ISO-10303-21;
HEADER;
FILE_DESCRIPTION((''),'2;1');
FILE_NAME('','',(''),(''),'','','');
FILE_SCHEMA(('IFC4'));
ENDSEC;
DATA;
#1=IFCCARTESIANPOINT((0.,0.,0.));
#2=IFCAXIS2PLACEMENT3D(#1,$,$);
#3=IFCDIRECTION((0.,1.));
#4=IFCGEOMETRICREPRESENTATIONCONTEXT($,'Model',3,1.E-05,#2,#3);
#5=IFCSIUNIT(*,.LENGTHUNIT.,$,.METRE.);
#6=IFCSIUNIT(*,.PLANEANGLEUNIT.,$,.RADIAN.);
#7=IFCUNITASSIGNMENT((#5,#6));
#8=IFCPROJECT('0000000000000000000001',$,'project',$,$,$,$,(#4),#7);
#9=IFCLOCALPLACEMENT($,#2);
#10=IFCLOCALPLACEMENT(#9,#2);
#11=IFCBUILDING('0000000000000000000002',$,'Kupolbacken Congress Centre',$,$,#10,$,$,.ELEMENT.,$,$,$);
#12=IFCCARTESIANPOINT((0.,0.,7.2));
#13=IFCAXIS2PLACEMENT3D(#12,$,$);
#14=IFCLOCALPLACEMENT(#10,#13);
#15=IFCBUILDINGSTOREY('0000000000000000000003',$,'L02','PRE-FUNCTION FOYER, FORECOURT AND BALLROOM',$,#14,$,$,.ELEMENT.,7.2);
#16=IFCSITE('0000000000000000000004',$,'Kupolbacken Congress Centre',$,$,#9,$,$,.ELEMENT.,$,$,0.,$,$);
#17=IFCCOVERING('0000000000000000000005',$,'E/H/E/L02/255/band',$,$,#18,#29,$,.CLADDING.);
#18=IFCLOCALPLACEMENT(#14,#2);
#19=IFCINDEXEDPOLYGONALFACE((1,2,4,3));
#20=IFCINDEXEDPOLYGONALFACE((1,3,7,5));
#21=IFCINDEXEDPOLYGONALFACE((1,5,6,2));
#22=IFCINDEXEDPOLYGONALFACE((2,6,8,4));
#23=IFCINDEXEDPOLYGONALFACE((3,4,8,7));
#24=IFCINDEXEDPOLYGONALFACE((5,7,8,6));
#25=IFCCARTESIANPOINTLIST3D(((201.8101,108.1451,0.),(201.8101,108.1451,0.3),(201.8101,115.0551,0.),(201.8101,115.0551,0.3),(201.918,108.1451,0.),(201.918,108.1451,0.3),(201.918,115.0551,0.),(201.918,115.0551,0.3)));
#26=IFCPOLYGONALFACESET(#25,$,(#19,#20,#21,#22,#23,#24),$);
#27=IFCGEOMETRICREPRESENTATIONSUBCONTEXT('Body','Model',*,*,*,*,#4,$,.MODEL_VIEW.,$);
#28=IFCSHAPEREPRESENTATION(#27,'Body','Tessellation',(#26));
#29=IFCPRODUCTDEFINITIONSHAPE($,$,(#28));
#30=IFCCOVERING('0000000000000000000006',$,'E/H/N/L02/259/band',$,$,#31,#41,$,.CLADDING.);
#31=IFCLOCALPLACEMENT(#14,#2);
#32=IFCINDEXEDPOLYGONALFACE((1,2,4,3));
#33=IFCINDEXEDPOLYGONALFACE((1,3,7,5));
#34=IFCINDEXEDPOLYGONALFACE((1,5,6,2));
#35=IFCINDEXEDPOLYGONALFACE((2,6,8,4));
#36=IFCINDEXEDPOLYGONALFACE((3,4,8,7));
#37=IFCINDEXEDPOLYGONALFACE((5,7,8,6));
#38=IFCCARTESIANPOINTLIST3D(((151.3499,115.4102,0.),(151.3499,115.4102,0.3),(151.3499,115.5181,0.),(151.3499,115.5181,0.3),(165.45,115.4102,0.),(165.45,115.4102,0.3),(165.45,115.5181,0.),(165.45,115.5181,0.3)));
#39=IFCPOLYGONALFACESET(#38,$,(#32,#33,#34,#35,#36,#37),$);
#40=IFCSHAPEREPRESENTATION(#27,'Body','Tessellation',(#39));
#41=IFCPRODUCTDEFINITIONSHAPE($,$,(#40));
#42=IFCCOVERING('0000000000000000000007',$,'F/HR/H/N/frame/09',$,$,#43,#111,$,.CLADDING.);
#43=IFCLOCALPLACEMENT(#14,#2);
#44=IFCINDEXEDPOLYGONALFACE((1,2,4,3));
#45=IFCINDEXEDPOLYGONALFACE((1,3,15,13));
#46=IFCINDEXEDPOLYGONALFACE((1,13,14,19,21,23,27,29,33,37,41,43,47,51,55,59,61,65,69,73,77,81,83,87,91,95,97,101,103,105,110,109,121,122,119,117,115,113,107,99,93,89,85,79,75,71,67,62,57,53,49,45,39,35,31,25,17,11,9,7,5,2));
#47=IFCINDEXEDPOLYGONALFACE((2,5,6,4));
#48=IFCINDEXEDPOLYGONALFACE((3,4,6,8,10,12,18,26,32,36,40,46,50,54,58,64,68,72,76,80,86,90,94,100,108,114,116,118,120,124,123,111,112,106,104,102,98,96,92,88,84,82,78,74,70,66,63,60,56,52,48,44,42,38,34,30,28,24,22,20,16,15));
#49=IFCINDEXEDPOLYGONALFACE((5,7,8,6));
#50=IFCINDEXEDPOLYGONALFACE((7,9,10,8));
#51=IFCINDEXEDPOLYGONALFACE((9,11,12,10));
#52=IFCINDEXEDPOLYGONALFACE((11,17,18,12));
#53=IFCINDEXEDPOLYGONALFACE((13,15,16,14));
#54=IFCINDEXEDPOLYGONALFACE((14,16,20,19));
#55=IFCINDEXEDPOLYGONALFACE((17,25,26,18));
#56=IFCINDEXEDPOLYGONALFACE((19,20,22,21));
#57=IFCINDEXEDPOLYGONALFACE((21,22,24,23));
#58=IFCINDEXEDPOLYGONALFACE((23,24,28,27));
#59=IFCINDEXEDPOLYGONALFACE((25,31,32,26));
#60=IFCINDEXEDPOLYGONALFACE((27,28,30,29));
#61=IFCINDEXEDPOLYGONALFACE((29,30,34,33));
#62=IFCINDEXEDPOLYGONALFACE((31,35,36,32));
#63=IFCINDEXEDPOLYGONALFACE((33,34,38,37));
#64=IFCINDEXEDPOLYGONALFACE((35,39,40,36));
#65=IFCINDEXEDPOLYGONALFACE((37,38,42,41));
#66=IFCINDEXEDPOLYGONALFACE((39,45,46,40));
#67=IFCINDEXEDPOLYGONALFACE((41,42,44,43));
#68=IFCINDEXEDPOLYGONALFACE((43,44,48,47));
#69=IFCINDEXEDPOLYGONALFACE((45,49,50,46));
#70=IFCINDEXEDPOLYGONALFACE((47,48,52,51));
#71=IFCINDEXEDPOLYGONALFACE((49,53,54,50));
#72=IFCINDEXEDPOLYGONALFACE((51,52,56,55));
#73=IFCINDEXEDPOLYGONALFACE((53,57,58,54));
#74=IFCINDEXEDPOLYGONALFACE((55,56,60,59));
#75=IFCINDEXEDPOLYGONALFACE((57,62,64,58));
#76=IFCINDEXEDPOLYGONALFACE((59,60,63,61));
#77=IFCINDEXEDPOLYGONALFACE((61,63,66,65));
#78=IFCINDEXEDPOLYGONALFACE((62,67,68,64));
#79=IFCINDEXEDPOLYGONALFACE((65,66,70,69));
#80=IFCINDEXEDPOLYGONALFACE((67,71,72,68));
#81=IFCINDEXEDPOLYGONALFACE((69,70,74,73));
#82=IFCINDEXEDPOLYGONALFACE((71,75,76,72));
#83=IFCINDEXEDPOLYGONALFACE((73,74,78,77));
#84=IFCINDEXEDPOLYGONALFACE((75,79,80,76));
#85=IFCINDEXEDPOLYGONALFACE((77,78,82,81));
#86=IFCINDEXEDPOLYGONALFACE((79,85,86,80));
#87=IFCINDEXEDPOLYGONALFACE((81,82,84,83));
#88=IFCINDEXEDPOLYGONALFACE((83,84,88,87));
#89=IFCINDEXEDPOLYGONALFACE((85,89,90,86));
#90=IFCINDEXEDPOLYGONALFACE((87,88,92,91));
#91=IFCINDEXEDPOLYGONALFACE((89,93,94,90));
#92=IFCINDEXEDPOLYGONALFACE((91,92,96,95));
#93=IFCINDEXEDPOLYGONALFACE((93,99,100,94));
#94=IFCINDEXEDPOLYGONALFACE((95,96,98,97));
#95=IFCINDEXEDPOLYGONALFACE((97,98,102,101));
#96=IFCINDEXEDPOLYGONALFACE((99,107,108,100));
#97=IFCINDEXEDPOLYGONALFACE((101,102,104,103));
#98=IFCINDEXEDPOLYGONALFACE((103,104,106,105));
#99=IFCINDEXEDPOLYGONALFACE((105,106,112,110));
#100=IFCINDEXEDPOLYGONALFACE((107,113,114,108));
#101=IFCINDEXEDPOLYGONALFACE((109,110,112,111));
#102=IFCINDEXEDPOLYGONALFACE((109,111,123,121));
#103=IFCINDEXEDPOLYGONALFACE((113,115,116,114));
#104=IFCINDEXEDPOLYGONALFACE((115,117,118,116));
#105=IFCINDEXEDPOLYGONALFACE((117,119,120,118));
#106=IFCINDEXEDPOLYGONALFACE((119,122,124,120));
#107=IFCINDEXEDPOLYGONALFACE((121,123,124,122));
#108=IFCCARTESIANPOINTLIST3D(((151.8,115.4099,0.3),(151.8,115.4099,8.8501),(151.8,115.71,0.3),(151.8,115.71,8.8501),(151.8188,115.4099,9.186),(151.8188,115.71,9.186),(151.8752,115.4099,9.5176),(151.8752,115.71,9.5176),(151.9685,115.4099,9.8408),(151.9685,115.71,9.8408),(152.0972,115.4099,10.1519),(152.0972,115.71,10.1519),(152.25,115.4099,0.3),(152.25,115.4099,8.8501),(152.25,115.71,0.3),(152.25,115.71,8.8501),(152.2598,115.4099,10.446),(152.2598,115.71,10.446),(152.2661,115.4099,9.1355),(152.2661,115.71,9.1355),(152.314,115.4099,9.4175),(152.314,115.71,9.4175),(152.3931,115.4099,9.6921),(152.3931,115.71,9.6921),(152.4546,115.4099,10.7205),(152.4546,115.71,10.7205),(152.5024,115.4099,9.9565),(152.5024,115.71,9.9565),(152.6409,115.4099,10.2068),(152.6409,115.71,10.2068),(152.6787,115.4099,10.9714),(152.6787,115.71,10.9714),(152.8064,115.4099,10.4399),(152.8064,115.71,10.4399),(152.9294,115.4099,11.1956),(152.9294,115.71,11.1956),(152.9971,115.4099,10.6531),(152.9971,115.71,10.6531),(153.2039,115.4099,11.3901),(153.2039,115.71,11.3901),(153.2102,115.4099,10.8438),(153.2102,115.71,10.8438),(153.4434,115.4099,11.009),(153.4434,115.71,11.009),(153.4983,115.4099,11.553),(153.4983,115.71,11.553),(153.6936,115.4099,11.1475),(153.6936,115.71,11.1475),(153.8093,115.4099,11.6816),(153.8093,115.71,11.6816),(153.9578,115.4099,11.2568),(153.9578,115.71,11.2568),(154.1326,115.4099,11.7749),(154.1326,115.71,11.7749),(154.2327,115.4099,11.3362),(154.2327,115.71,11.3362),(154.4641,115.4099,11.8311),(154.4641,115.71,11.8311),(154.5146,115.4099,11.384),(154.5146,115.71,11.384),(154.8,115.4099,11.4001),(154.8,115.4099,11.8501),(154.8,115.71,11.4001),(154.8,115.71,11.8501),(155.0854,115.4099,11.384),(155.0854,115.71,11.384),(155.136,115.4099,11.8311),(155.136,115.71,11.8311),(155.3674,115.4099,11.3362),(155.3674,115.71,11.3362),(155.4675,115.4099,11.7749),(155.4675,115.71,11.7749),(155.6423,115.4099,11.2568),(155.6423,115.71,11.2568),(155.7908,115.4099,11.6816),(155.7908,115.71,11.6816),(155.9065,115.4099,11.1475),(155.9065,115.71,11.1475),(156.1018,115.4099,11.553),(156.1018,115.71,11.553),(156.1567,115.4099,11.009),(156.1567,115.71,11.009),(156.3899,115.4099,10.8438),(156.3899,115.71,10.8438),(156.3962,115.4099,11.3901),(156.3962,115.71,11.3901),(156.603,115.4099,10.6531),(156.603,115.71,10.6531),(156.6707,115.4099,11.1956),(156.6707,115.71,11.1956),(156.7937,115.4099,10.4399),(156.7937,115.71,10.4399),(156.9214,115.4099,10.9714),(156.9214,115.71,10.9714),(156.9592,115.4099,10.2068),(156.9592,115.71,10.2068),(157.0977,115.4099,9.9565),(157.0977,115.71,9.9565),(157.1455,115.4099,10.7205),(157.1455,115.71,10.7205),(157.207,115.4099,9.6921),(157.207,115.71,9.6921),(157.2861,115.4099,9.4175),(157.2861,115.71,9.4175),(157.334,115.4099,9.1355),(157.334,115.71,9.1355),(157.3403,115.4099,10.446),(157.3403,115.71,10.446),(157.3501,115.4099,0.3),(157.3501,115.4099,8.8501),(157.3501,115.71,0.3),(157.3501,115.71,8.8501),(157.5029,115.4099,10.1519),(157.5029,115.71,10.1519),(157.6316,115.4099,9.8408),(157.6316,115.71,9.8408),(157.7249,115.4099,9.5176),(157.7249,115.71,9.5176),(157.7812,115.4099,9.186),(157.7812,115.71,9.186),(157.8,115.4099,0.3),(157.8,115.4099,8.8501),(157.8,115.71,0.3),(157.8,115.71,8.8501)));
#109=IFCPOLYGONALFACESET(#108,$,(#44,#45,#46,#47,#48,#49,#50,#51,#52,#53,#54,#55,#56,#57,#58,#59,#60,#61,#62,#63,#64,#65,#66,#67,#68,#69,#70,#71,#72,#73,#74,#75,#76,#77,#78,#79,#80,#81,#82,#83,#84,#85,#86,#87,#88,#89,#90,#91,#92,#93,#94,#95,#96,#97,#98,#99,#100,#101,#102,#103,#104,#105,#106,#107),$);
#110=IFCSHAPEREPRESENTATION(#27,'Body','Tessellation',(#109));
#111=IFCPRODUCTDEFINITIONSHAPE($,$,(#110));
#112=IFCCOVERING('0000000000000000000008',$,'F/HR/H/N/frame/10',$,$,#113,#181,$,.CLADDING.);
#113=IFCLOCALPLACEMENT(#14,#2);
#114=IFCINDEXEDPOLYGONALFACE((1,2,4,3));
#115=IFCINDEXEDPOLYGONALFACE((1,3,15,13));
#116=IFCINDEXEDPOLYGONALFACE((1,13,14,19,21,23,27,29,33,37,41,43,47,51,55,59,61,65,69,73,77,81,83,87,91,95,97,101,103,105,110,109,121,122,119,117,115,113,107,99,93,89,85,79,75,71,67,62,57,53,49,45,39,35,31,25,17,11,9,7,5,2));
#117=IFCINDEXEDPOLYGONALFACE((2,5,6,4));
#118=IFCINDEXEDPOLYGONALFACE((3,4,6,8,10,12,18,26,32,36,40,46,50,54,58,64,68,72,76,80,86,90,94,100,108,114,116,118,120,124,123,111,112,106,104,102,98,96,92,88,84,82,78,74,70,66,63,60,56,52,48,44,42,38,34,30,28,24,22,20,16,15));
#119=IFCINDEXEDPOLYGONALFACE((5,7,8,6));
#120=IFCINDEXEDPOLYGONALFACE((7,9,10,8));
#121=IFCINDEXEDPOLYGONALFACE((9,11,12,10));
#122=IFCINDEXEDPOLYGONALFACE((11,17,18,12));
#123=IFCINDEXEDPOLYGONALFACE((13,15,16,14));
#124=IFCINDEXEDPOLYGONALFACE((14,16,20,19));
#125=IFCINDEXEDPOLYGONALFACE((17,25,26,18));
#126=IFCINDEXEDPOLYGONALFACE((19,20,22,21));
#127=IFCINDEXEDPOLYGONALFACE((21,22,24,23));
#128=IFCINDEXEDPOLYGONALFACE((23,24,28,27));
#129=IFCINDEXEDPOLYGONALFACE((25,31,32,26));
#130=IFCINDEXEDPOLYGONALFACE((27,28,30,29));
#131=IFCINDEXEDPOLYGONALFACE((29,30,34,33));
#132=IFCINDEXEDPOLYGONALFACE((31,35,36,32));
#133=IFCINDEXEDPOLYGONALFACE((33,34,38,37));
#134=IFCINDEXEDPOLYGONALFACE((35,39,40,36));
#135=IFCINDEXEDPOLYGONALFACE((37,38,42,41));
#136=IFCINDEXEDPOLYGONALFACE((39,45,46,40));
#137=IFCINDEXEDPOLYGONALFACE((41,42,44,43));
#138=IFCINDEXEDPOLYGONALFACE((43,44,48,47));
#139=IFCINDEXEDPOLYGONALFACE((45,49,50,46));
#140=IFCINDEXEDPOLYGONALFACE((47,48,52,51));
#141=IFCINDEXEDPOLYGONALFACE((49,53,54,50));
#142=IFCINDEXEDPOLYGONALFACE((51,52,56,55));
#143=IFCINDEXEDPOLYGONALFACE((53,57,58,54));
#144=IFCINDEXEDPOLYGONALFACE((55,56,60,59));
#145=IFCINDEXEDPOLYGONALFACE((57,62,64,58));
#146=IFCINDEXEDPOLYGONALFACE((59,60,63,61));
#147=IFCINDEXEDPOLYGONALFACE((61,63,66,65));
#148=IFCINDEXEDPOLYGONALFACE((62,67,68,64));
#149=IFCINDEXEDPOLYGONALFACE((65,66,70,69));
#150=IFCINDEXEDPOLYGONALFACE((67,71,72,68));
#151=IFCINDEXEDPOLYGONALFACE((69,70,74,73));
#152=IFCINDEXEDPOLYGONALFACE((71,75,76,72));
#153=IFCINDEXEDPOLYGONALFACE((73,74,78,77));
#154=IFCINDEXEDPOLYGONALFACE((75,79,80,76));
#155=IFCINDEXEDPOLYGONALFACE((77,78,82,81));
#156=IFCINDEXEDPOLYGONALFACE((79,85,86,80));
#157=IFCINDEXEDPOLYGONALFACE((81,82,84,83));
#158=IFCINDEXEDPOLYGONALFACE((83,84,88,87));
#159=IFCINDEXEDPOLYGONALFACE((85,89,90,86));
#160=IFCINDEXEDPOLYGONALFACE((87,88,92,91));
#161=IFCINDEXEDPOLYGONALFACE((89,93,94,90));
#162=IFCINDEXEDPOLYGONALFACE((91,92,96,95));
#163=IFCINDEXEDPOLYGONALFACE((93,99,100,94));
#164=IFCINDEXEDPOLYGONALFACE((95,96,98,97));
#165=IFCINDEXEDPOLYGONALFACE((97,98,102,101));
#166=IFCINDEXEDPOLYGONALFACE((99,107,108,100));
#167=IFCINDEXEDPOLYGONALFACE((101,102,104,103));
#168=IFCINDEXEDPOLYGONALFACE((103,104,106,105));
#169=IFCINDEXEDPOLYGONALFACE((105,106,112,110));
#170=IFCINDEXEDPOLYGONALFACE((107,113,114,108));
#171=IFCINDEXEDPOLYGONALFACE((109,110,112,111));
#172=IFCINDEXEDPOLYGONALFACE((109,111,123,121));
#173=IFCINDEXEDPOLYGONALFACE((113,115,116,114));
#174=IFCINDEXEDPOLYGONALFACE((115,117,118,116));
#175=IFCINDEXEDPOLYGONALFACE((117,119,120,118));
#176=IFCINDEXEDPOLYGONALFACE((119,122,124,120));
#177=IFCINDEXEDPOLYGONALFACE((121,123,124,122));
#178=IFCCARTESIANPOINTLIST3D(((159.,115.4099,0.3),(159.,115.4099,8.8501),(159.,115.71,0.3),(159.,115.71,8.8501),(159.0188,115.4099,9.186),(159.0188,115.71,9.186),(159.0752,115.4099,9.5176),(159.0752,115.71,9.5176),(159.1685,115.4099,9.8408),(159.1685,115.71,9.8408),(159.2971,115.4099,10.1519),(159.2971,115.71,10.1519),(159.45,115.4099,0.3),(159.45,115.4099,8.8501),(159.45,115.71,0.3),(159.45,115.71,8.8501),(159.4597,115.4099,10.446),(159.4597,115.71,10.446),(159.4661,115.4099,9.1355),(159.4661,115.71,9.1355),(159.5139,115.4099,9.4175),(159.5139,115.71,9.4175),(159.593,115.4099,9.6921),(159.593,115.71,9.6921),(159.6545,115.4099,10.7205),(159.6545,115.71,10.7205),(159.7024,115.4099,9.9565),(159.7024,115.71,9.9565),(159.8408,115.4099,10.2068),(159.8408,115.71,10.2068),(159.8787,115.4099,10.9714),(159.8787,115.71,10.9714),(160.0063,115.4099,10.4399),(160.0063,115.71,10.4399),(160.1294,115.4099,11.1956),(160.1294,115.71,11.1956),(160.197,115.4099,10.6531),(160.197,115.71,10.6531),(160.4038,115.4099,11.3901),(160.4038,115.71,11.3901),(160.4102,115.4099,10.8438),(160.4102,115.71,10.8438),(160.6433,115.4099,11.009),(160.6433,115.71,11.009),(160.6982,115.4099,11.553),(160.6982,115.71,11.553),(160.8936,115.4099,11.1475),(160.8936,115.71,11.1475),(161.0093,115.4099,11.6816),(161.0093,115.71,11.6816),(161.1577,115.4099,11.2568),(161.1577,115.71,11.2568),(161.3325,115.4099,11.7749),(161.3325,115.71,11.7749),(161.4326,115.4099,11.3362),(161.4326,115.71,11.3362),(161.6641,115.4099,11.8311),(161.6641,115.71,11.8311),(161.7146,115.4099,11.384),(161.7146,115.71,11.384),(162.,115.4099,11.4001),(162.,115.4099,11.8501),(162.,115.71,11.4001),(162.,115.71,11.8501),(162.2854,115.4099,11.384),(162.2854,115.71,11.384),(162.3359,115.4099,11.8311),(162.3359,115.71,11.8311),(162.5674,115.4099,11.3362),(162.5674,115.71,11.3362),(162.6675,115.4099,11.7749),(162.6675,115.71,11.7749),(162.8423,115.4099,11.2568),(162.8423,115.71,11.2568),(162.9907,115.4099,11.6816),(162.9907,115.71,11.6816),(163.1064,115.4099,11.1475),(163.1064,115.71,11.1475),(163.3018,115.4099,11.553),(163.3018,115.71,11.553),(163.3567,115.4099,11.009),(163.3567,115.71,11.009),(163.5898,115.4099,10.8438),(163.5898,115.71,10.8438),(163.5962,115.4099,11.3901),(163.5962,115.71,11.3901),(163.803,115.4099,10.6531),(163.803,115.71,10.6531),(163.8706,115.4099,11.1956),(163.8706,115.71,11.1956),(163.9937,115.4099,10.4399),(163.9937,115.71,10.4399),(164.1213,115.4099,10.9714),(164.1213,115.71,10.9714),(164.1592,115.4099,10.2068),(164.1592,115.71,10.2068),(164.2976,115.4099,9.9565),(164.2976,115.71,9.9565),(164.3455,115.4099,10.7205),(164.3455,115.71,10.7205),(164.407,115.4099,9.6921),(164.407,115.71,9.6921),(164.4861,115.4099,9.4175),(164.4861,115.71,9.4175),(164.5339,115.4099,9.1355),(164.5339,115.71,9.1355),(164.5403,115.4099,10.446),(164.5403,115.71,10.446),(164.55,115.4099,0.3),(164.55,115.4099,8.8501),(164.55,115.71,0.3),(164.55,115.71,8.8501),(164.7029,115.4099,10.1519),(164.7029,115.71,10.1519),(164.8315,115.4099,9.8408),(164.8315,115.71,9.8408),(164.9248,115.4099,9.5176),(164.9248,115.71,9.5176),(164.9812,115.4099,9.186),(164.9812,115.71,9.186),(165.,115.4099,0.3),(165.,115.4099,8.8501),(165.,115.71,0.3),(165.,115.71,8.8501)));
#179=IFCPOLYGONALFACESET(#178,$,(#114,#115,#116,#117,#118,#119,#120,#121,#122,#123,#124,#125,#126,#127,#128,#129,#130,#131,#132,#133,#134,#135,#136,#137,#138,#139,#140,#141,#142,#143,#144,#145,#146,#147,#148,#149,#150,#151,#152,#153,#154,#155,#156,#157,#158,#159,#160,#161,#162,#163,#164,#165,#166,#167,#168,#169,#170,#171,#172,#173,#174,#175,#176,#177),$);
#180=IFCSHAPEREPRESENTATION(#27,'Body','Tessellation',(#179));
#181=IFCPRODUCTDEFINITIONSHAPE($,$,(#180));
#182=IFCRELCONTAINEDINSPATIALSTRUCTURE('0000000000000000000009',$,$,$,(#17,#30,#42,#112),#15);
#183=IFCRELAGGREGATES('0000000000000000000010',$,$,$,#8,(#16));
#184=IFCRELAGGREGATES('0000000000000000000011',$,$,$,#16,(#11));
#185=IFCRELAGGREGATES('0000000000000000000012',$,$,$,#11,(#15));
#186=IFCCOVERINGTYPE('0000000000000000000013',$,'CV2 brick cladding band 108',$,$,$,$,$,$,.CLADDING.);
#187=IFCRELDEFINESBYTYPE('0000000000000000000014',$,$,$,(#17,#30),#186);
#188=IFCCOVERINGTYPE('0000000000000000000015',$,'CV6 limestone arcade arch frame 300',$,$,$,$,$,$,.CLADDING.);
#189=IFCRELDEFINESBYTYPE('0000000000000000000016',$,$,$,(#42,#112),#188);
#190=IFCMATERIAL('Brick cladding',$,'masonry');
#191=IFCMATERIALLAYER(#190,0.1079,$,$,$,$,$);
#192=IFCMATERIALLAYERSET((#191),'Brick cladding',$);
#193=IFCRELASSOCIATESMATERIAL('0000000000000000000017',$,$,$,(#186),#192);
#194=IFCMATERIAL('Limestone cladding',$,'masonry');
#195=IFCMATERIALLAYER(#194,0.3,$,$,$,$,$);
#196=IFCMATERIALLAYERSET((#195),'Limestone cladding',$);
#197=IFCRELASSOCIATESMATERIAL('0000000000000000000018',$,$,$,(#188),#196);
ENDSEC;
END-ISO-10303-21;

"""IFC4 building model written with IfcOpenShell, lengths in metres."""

from ifc_helpers import new_model, si_unit, direction, frame, origin, origin_2d, place, context, subcontext, project, spatial, polyline, rectangle, outline, extrude, material, layer, layer_set, type_object, element, save


model = new_model("IFC4")

# Units and contexts
model_context = context("Model", 3, precision=1e-05, world=origin(), true_north=direction((0.0, 1.0)))
body_context = subcontext(model_context, "Body", "Model", "MODEL_VIEW")
ifc_project = project(units=[si_unit("LENGTHUNIT", "METRE"), si_unit("PLANEANGLEUNIT", "RADIAN")], contexts=[model_context])

# Site, building, storey
site_placement = place(None, origin())
site = spatial("IfcSite", under=ifc_project, at=site_placement, Name="Kupolbacken Congress Centre", CompositionType="ELEMENT", RefElevation=0.0)
building_placement = place(site_placement, origin())
building = spatial("IfcBuilding", under=site, at=building_placement, Name="Kupolbacken Congress Centre", CompositionType="ELEMENT")
storey_placement = place(building_placement, frame((0.0, 0.0, 7.2)))
storey = spatial("IfcBuildingStorey", under=building, at=storey_placement, Name="L02", Description="PRE-FUNCTION FOYER, FORECOURT AND BALLROOM", CompositionType="ELEMENT", Elevation=7.2)

# Coverings
ifc_material_1 = material(Name="Brick cladding", Category="masonry")
ifc_layer_1 = layer(ifc_material_1, 0.1079)
ifc_layer_set_1 = layer_set([ifc_layer_1], Name="Brick cladding")
covering_type_1 = type_object("IfcCoveringType", Name="CV2 brick cladding band 108", PredefinedType="CLADDING", material=ifc_layer_set_1)
covering_1_placement = place(storey_placement, frame((201.864, 111.6001, 0.0), z_axis=(0.0, 0.0, 1.0), x_axis=(0.0, 1.0, 0.0)))
element("IfcCovering", 1, at=covering_1_placement, inside=storey, type_object=covering_type_1, Name="E/H/E/L02/255/band", PredefinedType="CLADDING", context=body_context, shape_type="SweptSolid", body=[
    extrude(rectangle(XDim=6.9099, YDim=0.1079, at=origin_2d()), origin(), (0.0, 0.0, 1.0), 0.3),
])
covering_2_placement = place(storey_placement, frame((158.3999, 115.4641, 0.0), z_axis=(0.0, 0.0, 1.0), x_axis=(-1.0, 0.0, 0.0)))
element("IfcCovering", 2, at=covering_2_placement, inside=storey, type_object=covering_type_1, Name="E/H/N/L02/259/band", PredefinedType="CLADDING", context=body_context, shape_type="SweptSolid", body=[
    extrude(rectangle(XDim=14.1001, YDim=0.1079, at=origin_2d()), origin(), (0.0, 0.0, 1.0), 0.3),
])
ifc_material_2 = material(Name="Limestone cladding", Category="masonry")
ifc_layer_2 = layer(ifc_material_2, 0.3)
ifc_layer_set_2 = layer_set([ifc_layer_2], Name="Limestone cladding")
covering_type_2 = type_object("IfcCoveringType", Name="CV6 limestone arcade arch frame 300", PredefinedType="CLADDING", material=ifc_layer_set_2)
covering_3_placement = place(storey_placement, frame((151.8, 115.4099, 0.3), z_axis=(0.0, 1.0, 0.0), x_axis=(-1.0, 0.0, 0.0)))
element("IfcCovering", 3, at=covering_3_placement, inside=storey, type_object=covering_type_2, Name="F/HR/H/N/frame/09", PredefinedType="CLADDING", context=body_context, shape_type="SweptSolid", body=[
    extrude(outline(polyline([(0.0, 0.0), (0.0, 8.55), (-0.0188, 8.886), (-0.0752, 9.2175), (-0.1685, 9.5408), (-0.2971, 9.8518), (-0.4597, 10.146), (-0.6545, 10.4204), (-0.8787, 10.6714), (-1.1294, 10.8955), (-1.4038, 11.0901), (-1.6982, 11.2529), (-2.0093, 11.3816), (-2.3325, 11.4749), (-2.6641, 11.531), (-3.0, 11.55), (-3.3359, 11.531), (-3.6675, 11.4749), (-3.9907, 11.3816), (-4.3018, 11.2529), (-4.5962, 11.0901), (-4.8706, 10.8955), (-5.1213, 10.6714), (-5.3455, 10.4204), (-5.5403, 10.146), (-5.7029, 9.8518), (-5.8315, 9.5408), (-5.9248, 9.2175), (-5.9812, 8.886), (-6.0, 8.55), (-6.0, 0.0), (-5.55, 0.0), (-5.55, 8.55), (-5.5339, 8.8354), (-5.4861, 9.1174), (-5.407, 9.3921), (-5.2976, 9.6565), (-5.1592, 9.9067), (-4.9937, 10.1399), (-4.803, 10.353), (-4.5898, 10.5437), (-4.3567, 10.709), (-4.1064, 10.8474), (-3.8423, 10.9568), (-3.5674, 11.0361), (-3.2854, 11.084), (-3.0, 11.1001), (-2.7146, 11.084), (-2.4326, 11.0361), (-2.1577, 10.9568), (-1.8936, 10.8474), (-1.6433, 10.709), (-1.4102, 10.5437), (-1.197, 10.353), (-1.0063, 10.1399), (-0.8408, 9.9067), (-0.7024, 9.6565), (-0.593, 9.3921), (-0.5139, 9.1174), (-0.4661, 8.8354), (-0.45, 8.55), (-0.45, 0.0), (0.0, 0.0)])), origin(), (0.0, 0.0, 1.0), 0.3),
])
covering_4_placement = place(storey_placement, frame((159.0, 115.4099, 0.3), z_axis=(0.0, 1.0, 0.0), x_axis=(-1.0, 0.0, 0.0)))
element("IfcCovering", 4, at=covering_4_placement, inside=storey, type_object=covering_type_2, Name="F/HR/H/N/frame/10", PredefinedType="CLADDING", context=body_context, shape_type="SweptSolid", body=[
    extrude(outline(polyline([(0.0, 0.0), (0.0, 8.55), (-0.0188, 8.886), (-0.0752, 9.2175), (-0.1685, 9.5408), (-0.2971, 9.8518), (-0.4597, 10.146), (-0.6545, 10.4204), (-0.8787, 10.6714), (-1.1294, 10.8955), (-1.4038, 11.0901), (-1.6982, 11.2529), (-2.0093, 11.3816), (-2.3325, 11.4749), (-2.6641, 11.531), (-3.0, 11.55), (-3.3359, 11.531), (-3.6675, 11.4749), (-3.9907, 11.3816), (-4.3018, 11.2529), (-4.5962, 11.0901), (-4.8706, 10.8955), (-5.1213, 10.6714), (-5.3455, 10.4204), (-5.5403, 10.146), (-5.7029, 9.8518), (-5.8315, 9.5408), (-5.9248, 9.2175), (-5.9812, 8.886), (-6.0, 8.55), (-6.0, 0.0), (-5.55, 0.0), (-5.55, 8.55), (-5.5339, 8.8354), (-5.4861, 9.1174), (-5.407, 9.3921), (-5.2976, 9.6565), (-5.1592, 9.9067), (-4.9937, 10.1399), (-4.803, 10.353), (-4.5898, 10.5437), (-4.3567, 10.709), (-4.1064, 10.8474), (-3.8423, 10.9568), (-3.5674, 11.0361), (-3.2854, 11.084), (-3.0, 11.1001), (-2.7146, 11.084), (-2.4326, 11.0361), (-2.1577, 10.9568), (-1.8936, 10.8474), (-1.6433, 10.709), (-1.4102, 10.5437), (-1.197, 10.353), (-1.0063, 10.1399), (-0.8408, 9.9067), (-0.7024, 9.6565), (-0.593, 9.3921), (-0.5139, 9.1174), (-0.4661, 8.8354), (-0.45, 8.55), (-0.45, 0.0), (0.0, 0.0)])), origin(), (0.0, 0.0, 1.0), 0.3),
])

save(model, "model.ifc")
